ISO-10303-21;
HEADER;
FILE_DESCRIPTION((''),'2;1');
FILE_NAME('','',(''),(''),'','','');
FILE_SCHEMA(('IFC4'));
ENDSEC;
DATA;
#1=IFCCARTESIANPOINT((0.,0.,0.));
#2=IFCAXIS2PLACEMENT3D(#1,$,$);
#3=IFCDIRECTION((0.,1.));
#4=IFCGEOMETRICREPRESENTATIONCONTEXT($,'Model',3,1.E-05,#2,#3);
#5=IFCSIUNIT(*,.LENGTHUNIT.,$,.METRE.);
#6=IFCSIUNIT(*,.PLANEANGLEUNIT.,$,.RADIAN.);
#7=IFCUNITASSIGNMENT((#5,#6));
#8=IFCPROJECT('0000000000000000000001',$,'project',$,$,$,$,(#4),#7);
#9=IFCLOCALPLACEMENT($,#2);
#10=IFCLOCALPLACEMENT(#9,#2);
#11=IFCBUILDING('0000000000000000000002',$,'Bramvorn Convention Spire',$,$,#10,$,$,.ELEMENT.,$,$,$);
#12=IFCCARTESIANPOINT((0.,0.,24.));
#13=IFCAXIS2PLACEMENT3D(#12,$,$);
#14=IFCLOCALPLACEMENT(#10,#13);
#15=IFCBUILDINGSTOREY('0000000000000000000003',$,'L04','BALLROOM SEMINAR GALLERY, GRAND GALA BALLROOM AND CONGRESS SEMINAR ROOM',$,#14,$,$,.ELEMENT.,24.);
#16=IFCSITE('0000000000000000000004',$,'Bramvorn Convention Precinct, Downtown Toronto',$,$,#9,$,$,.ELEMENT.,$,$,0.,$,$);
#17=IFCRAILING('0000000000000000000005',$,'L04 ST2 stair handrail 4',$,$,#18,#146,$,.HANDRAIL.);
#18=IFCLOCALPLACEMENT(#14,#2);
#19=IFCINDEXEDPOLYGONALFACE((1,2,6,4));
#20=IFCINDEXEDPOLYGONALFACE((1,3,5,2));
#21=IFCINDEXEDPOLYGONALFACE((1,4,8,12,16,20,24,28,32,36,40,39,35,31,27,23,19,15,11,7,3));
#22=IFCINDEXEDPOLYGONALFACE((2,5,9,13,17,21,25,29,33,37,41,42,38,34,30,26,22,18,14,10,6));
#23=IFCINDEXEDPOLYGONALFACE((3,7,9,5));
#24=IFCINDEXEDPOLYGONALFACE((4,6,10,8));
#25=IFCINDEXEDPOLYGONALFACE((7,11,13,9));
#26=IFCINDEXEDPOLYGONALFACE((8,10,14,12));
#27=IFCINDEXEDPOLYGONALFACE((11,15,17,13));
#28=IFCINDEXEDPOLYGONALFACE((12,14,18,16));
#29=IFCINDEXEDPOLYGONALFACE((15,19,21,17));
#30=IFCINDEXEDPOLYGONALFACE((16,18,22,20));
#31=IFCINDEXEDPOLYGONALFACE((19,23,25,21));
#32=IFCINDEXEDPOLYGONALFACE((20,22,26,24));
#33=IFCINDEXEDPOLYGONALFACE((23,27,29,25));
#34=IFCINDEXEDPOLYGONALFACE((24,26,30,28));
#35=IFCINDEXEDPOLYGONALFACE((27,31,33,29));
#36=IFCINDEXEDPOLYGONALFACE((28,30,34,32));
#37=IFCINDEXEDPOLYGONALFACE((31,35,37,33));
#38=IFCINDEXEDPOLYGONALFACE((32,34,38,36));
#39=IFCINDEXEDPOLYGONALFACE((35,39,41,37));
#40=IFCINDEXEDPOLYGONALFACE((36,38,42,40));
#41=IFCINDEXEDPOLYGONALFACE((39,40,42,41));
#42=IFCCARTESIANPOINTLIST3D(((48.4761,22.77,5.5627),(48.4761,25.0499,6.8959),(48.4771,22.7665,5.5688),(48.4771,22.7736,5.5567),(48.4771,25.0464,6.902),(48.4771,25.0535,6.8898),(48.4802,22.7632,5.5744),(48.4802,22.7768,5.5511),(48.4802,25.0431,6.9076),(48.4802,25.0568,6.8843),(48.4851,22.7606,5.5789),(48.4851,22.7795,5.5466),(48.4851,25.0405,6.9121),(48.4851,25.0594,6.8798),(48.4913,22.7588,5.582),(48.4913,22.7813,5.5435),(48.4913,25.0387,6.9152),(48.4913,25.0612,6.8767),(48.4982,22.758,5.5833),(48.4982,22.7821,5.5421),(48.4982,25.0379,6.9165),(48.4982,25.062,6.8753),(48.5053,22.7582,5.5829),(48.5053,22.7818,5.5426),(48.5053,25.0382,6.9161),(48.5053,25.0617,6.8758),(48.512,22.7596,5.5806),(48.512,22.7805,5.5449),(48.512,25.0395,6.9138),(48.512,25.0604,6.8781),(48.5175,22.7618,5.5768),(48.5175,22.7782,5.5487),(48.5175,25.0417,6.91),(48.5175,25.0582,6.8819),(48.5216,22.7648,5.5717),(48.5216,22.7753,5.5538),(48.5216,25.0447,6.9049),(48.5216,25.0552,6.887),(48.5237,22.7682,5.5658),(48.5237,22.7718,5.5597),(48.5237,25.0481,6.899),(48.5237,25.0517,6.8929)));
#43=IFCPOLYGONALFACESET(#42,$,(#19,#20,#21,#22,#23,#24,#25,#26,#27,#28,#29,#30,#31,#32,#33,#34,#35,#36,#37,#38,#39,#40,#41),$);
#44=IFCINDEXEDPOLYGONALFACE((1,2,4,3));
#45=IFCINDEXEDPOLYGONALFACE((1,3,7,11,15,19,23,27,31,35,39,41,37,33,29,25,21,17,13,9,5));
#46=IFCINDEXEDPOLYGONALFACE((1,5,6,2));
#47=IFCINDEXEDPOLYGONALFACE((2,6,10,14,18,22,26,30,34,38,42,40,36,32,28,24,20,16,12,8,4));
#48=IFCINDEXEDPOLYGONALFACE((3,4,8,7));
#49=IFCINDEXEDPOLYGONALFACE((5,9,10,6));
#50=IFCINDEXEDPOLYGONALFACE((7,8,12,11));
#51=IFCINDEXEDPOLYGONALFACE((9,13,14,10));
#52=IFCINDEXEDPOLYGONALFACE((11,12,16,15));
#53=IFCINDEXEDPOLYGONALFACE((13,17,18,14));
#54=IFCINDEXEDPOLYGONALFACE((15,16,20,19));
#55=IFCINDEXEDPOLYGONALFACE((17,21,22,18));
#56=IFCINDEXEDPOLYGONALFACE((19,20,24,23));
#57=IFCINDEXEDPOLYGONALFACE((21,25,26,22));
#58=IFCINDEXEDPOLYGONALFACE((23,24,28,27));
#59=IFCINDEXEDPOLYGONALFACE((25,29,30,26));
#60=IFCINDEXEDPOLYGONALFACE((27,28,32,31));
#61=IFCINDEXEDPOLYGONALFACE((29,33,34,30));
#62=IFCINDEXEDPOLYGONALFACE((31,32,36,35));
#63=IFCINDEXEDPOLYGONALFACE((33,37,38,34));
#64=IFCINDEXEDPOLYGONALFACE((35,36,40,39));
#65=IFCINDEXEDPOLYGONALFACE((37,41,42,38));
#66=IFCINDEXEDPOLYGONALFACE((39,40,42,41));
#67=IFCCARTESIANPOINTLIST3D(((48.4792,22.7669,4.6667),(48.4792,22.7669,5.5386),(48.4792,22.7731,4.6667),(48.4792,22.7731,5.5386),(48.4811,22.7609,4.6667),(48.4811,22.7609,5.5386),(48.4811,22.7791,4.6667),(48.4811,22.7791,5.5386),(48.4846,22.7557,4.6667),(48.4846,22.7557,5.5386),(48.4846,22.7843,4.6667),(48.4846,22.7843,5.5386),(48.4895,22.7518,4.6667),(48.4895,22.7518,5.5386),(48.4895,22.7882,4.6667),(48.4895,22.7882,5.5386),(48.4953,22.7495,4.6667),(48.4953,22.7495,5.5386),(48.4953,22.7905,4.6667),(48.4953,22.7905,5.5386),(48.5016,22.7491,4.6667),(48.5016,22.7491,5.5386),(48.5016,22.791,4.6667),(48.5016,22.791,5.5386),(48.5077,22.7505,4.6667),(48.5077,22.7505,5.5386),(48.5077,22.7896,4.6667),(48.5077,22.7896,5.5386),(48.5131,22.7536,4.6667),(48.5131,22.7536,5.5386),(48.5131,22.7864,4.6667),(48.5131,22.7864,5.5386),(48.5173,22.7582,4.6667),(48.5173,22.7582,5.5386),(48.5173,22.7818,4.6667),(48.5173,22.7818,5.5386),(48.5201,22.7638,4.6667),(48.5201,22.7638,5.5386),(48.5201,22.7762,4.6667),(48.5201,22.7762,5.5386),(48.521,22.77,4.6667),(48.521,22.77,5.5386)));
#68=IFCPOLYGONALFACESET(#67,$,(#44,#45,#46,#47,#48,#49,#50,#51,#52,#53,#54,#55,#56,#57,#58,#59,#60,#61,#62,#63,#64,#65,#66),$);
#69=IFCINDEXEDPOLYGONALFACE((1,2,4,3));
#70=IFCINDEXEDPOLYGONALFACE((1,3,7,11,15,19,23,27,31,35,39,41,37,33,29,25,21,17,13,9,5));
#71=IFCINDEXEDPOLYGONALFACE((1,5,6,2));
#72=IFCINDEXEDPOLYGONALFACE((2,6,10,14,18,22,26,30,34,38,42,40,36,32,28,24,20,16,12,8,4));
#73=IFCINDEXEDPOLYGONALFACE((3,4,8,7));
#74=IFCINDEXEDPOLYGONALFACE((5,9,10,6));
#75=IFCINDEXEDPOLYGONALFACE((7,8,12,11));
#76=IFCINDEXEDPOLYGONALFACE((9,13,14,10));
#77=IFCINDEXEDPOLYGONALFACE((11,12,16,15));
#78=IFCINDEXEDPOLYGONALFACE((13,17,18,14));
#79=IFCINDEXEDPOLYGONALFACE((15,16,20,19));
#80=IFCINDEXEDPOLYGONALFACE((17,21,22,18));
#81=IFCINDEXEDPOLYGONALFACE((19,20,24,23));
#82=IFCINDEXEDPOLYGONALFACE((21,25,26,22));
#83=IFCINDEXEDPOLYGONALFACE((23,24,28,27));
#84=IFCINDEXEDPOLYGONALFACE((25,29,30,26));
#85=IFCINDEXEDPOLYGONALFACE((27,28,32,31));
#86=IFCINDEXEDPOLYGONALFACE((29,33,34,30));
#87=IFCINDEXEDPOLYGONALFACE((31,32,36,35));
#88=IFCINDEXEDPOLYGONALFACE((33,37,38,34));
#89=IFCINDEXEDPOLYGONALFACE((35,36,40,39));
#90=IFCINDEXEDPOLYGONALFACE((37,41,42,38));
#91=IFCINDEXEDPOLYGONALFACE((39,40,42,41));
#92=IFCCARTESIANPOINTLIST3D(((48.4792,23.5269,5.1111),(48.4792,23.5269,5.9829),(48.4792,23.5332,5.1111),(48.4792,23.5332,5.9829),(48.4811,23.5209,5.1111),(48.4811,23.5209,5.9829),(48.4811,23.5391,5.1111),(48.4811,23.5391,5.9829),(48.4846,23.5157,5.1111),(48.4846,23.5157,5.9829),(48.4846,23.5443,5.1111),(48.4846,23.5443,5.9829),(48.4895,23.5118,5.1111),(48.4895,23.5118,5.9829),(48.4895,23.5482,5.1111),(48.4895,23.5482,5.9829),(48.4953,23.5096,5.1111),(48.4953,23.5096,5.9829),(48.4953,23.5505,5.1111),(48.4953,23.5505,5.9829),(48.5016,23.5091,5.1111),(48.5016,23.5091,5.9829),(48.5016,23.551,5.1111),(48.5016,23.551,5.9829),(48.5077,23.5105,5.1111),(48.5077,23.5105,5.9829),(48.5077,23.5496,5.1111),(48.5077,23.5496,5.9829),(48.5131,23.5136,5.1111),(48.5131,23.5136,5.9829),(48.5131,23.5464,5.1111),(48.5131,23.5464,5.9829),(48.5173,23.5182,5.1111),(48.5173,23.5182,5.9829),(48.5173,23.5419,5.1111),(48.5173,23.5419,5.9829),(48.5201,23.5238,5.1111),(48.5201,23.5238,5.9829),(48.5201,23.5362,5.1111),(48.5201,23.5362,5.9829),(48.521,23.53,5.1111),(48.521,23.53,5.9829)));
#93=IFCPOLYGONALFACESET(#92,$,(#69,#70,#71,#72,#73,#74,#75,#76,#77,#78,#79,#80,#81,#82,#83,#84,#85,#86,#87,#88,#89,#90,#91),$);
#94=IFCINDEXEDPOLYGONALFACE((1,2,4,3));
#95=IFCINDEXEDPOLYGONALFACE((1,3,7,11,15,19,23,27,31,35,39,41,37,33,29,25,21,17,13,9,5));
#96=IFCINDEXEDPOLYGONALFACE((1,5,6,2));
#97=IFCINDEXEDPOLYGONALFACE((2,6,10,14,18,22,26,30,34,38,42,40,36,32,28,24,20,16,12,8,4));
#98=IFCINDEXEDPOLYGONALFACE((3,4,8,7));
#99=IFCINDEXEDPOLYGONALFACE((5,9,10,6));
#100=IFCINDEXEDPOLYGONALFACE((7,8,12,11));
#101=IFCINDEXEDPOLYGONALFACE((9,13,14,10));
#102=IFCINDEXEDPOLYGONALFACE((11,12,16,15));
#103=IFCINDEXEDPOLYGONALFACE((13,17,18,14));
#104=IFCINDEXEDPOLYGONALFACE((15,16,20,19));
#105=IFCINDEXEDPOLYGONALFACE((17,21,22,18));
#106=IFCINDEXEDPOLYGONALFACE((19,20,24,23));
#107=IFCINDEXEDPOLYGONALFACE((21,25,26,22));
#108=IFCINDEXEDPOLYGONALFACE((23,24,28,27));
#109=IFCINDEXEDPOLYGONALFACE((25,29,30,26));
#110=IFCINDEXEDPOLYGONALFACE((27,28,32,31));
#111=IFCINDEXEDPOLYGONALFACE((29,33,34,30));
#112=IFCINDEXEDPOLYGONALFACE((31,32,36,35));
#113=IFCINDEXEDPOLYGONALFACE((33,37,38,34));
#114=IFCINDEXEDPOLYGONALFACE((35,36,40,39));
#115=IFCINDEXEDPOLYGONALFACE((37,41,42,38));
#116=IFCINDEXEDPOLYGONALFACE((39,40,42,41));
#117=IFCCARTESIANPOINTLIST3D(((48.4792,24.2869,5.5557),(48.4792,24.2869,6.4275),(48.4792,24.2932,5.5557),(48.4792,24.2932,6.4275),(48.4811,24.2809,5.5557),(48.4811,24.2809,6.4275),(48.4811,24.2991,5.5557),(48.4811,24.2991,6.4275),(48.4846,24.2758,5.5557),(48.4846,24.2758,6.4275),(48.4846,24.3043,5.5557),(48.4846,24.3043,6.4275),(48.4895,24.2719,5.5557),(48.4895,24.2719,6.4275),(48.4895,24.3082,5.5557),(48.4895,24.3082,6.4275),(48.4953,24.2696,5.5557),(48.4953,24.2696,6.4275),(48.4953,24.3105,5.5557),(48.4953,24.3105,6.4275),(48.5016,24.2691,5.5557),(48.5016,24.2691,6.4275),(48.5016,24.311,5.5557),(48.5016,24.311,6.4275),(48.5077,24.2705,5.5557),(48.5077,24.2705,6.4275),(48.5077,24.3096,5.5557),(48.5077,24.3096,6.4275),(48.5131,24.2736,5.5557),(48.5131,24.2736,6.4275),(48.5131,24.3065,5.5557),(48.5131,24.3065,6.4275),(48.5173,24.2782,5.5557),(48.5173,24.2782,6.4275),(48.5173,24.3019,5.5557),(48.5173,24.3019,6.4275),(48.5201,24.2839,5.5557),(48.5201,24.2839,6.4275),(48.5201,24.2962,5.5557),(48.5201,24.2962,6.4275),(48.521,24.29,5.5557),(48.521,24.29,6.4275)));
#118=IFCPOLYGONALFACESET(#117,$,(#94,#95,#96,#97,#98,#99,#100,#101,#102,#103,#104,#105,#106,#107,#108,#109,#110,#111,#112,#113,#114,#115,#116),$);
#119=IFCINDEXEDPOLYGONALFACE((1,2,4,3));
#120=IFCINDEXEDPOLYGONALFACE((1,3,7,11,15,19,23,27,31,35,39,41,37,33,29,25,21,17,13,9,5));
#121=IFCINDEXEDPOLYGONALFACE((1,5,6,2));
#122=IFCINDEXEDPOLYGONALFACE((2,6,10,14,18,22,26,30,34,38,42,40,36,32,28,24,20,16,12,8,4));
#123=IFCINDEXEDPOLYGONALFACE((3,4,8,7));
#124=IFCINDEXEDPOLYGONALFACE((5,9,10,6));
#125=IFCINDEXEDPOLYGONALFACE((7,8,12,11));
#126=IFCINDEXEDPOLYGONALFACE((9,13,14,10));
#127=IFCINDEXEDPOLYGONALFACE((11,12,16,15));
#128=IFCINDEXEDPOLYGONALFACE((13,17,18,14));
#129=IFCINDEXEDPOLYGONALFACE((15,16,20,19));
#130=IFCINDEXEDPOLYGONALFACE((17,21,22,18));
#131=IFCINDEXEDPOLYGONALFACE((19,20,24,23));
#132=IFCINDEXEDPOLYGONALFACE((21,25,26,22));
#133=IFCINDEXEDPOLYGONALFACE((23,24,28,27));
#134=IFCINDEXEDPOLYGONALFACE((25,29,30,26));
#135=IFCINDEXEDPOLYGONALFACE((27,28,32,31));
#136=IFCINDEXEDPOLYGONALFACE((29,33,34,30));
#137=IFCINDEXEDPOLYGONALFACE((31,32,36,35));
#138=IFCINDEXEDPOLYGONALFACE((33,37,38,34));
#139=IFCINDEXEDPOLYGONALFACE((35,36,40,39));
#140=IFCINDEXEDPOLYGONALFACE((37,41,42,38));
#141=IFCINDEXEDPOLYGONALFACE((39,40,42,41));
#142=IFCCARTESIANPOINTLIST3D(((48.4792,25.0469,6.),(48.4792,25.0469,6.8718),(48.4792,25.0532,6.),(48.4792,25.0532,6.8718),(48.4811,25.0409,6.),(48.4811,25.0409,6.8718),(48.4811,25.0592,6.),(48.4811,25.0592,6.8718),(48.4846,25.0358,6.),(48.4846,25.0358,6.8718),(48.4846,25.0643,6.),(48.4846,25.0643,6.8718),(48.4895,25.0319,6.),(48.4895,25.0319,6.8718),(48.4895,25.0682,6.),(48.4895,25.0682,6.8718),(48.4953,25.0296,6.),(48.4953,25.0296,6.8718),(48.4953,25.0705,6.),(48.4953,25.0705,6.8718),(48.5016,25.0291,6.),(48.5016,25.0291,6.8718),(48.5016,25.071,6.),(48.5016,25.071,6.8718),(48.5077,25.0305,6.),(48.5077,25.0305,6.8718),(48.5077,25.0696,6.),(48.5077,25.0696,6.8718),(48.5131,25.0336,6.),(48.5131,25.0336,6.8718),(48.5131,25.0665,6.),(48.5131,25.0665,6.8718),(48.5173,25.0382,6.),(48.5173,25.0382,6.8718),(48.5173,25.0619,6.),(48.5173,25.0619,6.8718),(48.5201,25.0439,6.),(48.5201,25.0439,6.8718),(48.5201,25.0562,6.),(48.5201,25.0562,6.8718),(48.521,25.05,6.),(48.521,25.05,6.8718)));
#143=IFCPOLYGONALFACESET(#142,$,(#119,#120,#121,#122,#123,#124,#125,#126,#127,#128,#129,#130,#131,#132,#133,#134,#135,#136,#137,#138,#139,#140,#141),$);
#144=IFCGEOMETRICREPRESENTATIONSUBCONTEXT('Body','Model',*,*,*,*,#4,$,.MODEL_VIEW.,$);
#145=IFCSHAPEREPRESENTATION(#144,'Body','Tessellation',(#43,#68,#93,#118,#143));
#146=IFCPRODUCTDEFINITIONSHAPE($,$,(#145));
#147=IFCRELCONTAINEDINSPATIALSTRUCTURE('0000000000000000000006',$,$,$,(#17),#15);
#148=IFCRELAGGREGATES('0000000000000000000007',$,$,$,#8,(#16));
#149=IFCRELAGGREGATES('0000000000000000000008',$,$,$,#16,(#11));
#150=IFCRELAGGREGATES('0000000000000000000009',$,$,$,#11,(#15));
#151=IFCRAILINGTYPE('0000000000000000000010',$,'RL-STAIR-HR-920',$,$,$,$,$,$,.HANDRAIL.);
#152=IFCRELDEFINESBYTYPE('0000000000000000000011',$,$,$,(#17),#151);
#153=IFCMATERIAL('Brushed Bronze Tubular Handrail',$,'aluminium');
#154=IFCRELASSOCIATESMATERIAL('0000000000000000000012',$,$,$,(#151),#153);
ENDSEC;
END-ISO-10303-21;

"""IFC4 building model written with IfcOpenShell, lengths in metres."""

from ifc_helpers import new_model, si_unit, direction, frame, origin, origin_2d, place, context, subcontext, project, spatial, circle, extrude, material, type_object, element, save


model = new_model("IFC4")

# Units and contexts
model_context = context("Model", 3, precision=1e-05, world=origin(), true_north=direction((0.0, 1.0)))
body_context = subcontext(model_context, "Body", "Model", "MODEL_VIEW")
ifc_project = project(units=[si_unit("LENGTHUNIT", "METRE"), si_unit("PLANEANGLEUNIT", "RADIAN")], contexts=[model_context])

# Site, building, storey
site_placement = place(None, origin())
site = spatial("IfcSite", under=ifc_project, at=site_placement, Name="Bramvorn Convention Precinct, Downtown Toronto", CompositionType="ELEMENT", RefElevation=0.0)
building_placement = place(site_placement, origin())
building = spatial("IfcBuilding", under=site, at=building_placement, Name="Bramvorn Convention Spire", CompositionType="ELEMENT")
storey_placement = place(building_placement, frame((0.0, 0.0, 24.0)))
storey = spatial("IfcBuildingStorey", under=building, at=storey_placement, Name="L04", Description="BALLROOM SEMINAR GALLERY, GRAND GALA BALLROOM AND CONGRESS SEMINAR ROOM", CompositionType="ELEMENT", Elevation=24.0)

# Railing
ifc_material_1 = material(Name="Brushed Bronze Tubular Handrail", Category="aluminium")
railing_type_1 = type_object("IfcRailingType", Name="RL-STAIR-HR-920", PredefinedType="HANDRAIL", material=ifc_material_1)
for number, where, name in (
    (1, (48.5, 22.77, 4.6667), "L04 ST2 stair handrail 4"),
):
    element("IfcRailing", number, at=place(storey_placement, frame(where)), inside=storey, type_object=railing_type_1, Name=name, PredefinedType="HANDRAIL", context=body_context, shape_type="SweptSolid", body=[
        extrude(circle(Radius=0.0239, at=origin_2d()), frame((0.0, 0.0, 0.896), z_axis=(0.0, 0.863245, 0.504785), x_axis=(-1.0, 0.0, 0.0)), (0.0, 0.0, 1.0), 2.6411),
        extrude(circle(Radius=0.021, at=origin_2d()), origin(), (0.0, 0.0, 1.0), 0.8718),
        extrude(circle(Radius=0.021, at=origin_2d()), frame((0.0, 0.76, 0.4443)), (0.0, 0.0, 1.0), 0.8718),
        extrude(circle(Radius=0.021, at=origin_2d()), frame((0.0, 1.52, 0.8889)), (0.0, 0.0, 1.0), 0.8718),
        extrude(circle(Radius=0.021, at=origin_2d()), frame((0.0, 2.28, 1.3333)), (0.0, 0.0, 1.0), 0.8718),
    ])

save(model, "model.ifc")
